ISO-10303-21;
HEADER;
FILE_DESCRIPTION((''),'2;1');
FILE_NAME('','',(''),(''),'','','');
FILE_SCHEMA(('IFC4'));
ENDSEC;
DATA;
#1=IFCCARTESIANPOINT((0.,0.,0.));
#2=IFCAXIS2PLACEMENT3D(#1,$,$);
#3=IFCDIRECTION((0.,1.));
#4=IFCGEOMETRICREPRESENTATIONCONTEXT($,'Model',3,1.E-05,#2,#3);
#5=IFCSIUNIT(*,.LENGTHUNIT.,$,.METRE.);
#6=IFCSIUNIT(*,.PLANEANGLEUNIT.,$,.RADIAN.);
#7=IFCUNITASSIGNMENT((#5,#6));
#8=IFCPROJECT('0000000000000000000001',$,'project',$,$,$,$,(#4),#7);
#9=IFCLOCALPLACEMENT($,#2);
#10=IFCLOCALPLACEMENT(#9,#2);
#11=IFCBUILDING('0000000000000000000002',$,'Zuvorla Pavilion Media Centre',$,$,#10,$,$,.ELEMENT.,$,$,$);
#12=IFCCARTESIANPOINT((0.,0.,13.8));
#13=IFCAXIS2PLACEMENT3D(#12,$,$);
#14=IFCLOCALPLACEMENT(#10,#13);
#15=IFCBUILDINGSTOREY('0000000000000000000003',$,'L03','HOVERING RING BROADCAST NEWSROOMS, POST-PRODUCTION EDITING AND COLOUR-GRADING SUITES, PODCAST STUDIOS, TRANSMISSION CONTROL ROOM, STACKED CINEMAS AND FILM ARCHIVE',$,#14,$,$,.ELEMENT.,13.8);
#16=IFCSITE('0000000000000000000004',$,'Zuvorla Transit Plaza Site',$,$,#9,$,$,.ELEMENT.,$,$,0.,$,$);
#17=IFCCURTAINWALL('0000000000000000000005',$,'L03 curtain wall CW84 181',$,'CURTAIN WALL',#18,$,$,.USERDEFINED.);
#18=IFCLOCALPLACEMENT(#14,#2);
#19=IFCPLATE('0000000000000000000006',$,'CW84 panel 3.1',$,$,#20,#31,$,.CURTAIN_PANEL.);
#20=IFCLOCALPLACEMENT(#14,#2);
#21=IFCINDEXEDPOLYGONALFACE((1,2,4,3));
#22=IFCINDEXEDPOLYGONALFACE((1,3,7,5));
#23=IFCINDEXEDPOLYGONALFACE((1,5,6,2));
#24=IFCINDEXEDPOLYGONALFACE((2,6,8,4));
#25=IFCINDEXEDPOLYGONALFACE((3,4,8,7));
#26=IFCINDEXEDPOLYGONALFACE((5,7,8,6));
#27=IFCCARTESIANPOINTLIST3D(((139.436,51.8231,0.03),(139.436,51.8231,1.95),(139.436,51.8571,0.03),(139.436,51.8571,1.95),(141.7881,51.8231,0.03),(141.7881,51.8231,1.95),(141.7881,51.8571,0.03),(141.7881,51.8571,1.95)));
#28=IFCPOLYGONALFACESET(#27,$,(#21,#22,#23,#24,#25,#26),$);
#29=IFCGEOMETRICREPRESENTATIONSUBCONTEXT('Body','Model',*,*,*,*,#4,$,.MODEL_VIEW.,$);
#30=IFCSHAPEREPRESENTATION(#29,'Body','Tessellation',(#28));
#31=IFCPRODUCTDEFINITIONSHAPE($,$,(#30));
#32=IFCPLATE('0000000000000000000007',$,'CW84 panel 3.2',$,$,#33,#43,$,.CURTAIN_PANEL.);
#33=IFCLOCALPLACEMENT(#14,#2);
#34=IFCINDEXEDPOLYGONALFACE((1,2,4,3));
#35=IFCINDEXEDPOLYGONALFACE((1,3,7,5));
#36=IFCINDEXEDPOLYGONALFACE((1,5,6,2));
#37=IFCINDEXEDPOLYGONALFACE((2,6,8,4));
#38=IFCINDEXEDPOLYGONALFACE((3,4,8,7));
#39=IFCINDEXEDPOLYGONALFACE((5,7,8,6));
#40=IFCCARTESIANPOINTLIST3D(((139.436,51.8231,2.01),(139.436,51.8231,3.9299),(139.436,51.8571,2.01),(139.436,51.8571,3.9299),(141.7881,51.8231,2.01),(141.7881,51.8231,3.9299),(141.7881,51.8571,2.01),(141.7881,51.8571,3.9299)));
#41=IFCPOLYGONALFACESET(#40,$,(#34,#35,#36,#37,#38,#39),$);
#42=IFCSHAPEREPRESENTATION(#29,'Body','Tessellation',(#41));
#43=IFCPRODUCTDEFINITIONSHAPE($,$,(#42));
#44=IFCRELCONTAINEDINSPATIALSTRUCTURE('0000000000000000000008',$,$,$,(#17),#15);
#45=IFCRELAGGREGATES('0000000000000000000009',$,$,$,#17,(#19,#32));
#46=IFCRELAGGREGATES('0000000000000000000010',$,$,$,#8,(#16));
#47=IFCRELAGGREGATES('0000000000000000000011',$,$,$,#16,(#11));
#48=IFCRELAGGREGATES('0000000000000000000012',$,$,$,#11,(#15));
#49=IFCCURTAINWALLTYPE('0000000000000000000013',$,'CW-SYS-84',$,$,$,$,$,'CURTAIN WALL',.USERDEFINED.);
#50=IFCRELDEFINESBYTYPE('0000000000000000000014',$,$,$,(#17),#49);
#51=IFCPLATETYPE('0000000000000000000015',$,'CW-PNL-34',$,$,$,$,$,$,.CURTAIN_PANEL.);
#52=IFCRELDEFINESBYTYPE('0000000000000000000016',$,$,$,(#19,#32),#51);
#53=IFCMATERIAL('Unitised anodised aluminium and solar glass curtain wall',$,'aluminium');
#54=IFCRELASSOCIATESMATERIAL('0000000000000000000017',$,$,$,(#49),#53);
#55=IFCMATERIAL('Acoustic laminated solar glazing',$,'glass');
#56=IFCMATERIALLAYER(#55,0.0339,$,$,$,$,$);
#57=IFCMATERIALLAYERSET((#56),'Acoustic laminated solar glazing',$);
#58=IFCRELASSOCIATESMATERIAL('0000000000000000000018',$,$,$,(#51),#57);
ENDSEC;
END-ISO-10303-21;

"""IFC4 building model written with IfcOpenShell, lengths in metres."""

from ifc_helpers import new_model, si_unit, direction, frame, origin, origin_2d, place, context, subcontext, project, spatial, rectangle, extrude, material, layer, layer_set, type_object, element, aggregate, save


model = new_model("IFC4")

# Units and contexts
model_context = context("Model", 3, precision=1e-05, world=origin(), true_north=direction((0.0, 1.0)))
body_context = subcontext(model_context, "Body", "Model", "MODEL_VIEW")
ifc_project = project(units=[si_unit("LENGTHUNIT", "METRE"), si_unit("PLANEANGLEUNIT", "RADIAN")], contexts=[model_context])

# Site, building, storey
site_placement = place(None, origin())
site = spatial("IfcSite", under=ifc_project, at=site_placement, Name="Zuvorla Transit Plaza Site", CompositionType="ELEMENT", RefElevation=0.0)
building_placement = place(site_placement, origin())
building = spatial("IfcBuilding", under=site, at=building_placement, Name="Zuvorla Pavilion Media Centre", CompositionType="ELEMENT")
storey_placement = place(building_placement, frame((0.0, 0.0, 13.8)))
storey = spatial("IfcBuildingStorey", under=building, at=storey_placement, Name="L03", Description="HOVERING RING BROADCAST NEWSROOMS, POST-PRODUCTION EDITING AND COLOUR-GRADING SUITES, PODCAST STUDIOS, TRANSMISSION CONTROL ROOM, STACKED CINEMAS AND FILM ARCHIVE", CompositionType="ELEMENT", Elevation=13.8)

# Shared definitions
ifc_material_1 = material(Name="Unitised anodised aluminium and solar glass curtain wall", Category="aluminium")

# Curtain wall
curtain_wall_type_1 = type_object("IfcCurtainWallType", Name="CW-SYS-84", ElementType="CURTAIN WALL", PredefinedType="USERDEFINED", material=ifc_material_1)
curtain_wall_1_placement = place(storey_placement, origin())
curtain_wall_1 = element("IfcCurtainWall", 1, at=curtain_wall_1_placement, inside=storey, type_object=curtain_wall_type_1, Name="L03 curtain wall CW84 181", ObjectType="CURTAIN WALL", PredefinedType="USERDEFINED")

# Plates
ifc_material_2 = material(Name="Acoustic laminated solar glazing", Category="glass")
ifc_layer_1 = layer(ifc_material_2, 0.0339)
ifc_layer_set_1 = layer_set([ifc_layer_1], Name="Acoustic laminated solar glazing")
plate_type_1 = type_object("IfcPlateType", Name="CW-PNL-34", PredefinedType="CURTAIN_PANEL", material=ifc_layer_set_1)
plate_1_placement = place(storey_placement, frame((140.6121, 51.8401, 0.03), z_axis=(0.0, 0.0, 1.0), x_axis=(1.0, 0.0, 0.0)))
plate_1 = element("IfcPlate", 2, at=plate_1_placement, type_object=plate_type_1, Name="CW84 panel 3.1", PredefinedType="CURTAIN_PANEL", context=body_context, shape_type="SweptSolid", body=[
    extrude(rectangle(XDim=2.3521, YDim=0.0339, at=origin_2d()), origin(), (0.0, 0.0, 1.0), 1.9199),
])
plate_2_placement = place(storey_placement, frame((140.6121, 51.8401, 2.01), z_axis=(0.0, 0.0, 1.0), x_axis=(1.0, 0.0, 0.0)))
plate_2 = element("IfcPlate", 3, at=plate_2_placement, type_object=plate_type_1, Name="CW84 panel 3.2", PredefinedType="CURTAIN_PANEL", context=body_context, shape_type="SweptSolid", body=[
    extrude(rectangle(XDim=2.3521, YDim=0.0339, at=origin_2d()), origin(), (0.0, 0.0, 1.0), 1.9199),
])
aggregate(curtain_wall_1, [plate_1, plate_2])

save(model, "model.ifc")
